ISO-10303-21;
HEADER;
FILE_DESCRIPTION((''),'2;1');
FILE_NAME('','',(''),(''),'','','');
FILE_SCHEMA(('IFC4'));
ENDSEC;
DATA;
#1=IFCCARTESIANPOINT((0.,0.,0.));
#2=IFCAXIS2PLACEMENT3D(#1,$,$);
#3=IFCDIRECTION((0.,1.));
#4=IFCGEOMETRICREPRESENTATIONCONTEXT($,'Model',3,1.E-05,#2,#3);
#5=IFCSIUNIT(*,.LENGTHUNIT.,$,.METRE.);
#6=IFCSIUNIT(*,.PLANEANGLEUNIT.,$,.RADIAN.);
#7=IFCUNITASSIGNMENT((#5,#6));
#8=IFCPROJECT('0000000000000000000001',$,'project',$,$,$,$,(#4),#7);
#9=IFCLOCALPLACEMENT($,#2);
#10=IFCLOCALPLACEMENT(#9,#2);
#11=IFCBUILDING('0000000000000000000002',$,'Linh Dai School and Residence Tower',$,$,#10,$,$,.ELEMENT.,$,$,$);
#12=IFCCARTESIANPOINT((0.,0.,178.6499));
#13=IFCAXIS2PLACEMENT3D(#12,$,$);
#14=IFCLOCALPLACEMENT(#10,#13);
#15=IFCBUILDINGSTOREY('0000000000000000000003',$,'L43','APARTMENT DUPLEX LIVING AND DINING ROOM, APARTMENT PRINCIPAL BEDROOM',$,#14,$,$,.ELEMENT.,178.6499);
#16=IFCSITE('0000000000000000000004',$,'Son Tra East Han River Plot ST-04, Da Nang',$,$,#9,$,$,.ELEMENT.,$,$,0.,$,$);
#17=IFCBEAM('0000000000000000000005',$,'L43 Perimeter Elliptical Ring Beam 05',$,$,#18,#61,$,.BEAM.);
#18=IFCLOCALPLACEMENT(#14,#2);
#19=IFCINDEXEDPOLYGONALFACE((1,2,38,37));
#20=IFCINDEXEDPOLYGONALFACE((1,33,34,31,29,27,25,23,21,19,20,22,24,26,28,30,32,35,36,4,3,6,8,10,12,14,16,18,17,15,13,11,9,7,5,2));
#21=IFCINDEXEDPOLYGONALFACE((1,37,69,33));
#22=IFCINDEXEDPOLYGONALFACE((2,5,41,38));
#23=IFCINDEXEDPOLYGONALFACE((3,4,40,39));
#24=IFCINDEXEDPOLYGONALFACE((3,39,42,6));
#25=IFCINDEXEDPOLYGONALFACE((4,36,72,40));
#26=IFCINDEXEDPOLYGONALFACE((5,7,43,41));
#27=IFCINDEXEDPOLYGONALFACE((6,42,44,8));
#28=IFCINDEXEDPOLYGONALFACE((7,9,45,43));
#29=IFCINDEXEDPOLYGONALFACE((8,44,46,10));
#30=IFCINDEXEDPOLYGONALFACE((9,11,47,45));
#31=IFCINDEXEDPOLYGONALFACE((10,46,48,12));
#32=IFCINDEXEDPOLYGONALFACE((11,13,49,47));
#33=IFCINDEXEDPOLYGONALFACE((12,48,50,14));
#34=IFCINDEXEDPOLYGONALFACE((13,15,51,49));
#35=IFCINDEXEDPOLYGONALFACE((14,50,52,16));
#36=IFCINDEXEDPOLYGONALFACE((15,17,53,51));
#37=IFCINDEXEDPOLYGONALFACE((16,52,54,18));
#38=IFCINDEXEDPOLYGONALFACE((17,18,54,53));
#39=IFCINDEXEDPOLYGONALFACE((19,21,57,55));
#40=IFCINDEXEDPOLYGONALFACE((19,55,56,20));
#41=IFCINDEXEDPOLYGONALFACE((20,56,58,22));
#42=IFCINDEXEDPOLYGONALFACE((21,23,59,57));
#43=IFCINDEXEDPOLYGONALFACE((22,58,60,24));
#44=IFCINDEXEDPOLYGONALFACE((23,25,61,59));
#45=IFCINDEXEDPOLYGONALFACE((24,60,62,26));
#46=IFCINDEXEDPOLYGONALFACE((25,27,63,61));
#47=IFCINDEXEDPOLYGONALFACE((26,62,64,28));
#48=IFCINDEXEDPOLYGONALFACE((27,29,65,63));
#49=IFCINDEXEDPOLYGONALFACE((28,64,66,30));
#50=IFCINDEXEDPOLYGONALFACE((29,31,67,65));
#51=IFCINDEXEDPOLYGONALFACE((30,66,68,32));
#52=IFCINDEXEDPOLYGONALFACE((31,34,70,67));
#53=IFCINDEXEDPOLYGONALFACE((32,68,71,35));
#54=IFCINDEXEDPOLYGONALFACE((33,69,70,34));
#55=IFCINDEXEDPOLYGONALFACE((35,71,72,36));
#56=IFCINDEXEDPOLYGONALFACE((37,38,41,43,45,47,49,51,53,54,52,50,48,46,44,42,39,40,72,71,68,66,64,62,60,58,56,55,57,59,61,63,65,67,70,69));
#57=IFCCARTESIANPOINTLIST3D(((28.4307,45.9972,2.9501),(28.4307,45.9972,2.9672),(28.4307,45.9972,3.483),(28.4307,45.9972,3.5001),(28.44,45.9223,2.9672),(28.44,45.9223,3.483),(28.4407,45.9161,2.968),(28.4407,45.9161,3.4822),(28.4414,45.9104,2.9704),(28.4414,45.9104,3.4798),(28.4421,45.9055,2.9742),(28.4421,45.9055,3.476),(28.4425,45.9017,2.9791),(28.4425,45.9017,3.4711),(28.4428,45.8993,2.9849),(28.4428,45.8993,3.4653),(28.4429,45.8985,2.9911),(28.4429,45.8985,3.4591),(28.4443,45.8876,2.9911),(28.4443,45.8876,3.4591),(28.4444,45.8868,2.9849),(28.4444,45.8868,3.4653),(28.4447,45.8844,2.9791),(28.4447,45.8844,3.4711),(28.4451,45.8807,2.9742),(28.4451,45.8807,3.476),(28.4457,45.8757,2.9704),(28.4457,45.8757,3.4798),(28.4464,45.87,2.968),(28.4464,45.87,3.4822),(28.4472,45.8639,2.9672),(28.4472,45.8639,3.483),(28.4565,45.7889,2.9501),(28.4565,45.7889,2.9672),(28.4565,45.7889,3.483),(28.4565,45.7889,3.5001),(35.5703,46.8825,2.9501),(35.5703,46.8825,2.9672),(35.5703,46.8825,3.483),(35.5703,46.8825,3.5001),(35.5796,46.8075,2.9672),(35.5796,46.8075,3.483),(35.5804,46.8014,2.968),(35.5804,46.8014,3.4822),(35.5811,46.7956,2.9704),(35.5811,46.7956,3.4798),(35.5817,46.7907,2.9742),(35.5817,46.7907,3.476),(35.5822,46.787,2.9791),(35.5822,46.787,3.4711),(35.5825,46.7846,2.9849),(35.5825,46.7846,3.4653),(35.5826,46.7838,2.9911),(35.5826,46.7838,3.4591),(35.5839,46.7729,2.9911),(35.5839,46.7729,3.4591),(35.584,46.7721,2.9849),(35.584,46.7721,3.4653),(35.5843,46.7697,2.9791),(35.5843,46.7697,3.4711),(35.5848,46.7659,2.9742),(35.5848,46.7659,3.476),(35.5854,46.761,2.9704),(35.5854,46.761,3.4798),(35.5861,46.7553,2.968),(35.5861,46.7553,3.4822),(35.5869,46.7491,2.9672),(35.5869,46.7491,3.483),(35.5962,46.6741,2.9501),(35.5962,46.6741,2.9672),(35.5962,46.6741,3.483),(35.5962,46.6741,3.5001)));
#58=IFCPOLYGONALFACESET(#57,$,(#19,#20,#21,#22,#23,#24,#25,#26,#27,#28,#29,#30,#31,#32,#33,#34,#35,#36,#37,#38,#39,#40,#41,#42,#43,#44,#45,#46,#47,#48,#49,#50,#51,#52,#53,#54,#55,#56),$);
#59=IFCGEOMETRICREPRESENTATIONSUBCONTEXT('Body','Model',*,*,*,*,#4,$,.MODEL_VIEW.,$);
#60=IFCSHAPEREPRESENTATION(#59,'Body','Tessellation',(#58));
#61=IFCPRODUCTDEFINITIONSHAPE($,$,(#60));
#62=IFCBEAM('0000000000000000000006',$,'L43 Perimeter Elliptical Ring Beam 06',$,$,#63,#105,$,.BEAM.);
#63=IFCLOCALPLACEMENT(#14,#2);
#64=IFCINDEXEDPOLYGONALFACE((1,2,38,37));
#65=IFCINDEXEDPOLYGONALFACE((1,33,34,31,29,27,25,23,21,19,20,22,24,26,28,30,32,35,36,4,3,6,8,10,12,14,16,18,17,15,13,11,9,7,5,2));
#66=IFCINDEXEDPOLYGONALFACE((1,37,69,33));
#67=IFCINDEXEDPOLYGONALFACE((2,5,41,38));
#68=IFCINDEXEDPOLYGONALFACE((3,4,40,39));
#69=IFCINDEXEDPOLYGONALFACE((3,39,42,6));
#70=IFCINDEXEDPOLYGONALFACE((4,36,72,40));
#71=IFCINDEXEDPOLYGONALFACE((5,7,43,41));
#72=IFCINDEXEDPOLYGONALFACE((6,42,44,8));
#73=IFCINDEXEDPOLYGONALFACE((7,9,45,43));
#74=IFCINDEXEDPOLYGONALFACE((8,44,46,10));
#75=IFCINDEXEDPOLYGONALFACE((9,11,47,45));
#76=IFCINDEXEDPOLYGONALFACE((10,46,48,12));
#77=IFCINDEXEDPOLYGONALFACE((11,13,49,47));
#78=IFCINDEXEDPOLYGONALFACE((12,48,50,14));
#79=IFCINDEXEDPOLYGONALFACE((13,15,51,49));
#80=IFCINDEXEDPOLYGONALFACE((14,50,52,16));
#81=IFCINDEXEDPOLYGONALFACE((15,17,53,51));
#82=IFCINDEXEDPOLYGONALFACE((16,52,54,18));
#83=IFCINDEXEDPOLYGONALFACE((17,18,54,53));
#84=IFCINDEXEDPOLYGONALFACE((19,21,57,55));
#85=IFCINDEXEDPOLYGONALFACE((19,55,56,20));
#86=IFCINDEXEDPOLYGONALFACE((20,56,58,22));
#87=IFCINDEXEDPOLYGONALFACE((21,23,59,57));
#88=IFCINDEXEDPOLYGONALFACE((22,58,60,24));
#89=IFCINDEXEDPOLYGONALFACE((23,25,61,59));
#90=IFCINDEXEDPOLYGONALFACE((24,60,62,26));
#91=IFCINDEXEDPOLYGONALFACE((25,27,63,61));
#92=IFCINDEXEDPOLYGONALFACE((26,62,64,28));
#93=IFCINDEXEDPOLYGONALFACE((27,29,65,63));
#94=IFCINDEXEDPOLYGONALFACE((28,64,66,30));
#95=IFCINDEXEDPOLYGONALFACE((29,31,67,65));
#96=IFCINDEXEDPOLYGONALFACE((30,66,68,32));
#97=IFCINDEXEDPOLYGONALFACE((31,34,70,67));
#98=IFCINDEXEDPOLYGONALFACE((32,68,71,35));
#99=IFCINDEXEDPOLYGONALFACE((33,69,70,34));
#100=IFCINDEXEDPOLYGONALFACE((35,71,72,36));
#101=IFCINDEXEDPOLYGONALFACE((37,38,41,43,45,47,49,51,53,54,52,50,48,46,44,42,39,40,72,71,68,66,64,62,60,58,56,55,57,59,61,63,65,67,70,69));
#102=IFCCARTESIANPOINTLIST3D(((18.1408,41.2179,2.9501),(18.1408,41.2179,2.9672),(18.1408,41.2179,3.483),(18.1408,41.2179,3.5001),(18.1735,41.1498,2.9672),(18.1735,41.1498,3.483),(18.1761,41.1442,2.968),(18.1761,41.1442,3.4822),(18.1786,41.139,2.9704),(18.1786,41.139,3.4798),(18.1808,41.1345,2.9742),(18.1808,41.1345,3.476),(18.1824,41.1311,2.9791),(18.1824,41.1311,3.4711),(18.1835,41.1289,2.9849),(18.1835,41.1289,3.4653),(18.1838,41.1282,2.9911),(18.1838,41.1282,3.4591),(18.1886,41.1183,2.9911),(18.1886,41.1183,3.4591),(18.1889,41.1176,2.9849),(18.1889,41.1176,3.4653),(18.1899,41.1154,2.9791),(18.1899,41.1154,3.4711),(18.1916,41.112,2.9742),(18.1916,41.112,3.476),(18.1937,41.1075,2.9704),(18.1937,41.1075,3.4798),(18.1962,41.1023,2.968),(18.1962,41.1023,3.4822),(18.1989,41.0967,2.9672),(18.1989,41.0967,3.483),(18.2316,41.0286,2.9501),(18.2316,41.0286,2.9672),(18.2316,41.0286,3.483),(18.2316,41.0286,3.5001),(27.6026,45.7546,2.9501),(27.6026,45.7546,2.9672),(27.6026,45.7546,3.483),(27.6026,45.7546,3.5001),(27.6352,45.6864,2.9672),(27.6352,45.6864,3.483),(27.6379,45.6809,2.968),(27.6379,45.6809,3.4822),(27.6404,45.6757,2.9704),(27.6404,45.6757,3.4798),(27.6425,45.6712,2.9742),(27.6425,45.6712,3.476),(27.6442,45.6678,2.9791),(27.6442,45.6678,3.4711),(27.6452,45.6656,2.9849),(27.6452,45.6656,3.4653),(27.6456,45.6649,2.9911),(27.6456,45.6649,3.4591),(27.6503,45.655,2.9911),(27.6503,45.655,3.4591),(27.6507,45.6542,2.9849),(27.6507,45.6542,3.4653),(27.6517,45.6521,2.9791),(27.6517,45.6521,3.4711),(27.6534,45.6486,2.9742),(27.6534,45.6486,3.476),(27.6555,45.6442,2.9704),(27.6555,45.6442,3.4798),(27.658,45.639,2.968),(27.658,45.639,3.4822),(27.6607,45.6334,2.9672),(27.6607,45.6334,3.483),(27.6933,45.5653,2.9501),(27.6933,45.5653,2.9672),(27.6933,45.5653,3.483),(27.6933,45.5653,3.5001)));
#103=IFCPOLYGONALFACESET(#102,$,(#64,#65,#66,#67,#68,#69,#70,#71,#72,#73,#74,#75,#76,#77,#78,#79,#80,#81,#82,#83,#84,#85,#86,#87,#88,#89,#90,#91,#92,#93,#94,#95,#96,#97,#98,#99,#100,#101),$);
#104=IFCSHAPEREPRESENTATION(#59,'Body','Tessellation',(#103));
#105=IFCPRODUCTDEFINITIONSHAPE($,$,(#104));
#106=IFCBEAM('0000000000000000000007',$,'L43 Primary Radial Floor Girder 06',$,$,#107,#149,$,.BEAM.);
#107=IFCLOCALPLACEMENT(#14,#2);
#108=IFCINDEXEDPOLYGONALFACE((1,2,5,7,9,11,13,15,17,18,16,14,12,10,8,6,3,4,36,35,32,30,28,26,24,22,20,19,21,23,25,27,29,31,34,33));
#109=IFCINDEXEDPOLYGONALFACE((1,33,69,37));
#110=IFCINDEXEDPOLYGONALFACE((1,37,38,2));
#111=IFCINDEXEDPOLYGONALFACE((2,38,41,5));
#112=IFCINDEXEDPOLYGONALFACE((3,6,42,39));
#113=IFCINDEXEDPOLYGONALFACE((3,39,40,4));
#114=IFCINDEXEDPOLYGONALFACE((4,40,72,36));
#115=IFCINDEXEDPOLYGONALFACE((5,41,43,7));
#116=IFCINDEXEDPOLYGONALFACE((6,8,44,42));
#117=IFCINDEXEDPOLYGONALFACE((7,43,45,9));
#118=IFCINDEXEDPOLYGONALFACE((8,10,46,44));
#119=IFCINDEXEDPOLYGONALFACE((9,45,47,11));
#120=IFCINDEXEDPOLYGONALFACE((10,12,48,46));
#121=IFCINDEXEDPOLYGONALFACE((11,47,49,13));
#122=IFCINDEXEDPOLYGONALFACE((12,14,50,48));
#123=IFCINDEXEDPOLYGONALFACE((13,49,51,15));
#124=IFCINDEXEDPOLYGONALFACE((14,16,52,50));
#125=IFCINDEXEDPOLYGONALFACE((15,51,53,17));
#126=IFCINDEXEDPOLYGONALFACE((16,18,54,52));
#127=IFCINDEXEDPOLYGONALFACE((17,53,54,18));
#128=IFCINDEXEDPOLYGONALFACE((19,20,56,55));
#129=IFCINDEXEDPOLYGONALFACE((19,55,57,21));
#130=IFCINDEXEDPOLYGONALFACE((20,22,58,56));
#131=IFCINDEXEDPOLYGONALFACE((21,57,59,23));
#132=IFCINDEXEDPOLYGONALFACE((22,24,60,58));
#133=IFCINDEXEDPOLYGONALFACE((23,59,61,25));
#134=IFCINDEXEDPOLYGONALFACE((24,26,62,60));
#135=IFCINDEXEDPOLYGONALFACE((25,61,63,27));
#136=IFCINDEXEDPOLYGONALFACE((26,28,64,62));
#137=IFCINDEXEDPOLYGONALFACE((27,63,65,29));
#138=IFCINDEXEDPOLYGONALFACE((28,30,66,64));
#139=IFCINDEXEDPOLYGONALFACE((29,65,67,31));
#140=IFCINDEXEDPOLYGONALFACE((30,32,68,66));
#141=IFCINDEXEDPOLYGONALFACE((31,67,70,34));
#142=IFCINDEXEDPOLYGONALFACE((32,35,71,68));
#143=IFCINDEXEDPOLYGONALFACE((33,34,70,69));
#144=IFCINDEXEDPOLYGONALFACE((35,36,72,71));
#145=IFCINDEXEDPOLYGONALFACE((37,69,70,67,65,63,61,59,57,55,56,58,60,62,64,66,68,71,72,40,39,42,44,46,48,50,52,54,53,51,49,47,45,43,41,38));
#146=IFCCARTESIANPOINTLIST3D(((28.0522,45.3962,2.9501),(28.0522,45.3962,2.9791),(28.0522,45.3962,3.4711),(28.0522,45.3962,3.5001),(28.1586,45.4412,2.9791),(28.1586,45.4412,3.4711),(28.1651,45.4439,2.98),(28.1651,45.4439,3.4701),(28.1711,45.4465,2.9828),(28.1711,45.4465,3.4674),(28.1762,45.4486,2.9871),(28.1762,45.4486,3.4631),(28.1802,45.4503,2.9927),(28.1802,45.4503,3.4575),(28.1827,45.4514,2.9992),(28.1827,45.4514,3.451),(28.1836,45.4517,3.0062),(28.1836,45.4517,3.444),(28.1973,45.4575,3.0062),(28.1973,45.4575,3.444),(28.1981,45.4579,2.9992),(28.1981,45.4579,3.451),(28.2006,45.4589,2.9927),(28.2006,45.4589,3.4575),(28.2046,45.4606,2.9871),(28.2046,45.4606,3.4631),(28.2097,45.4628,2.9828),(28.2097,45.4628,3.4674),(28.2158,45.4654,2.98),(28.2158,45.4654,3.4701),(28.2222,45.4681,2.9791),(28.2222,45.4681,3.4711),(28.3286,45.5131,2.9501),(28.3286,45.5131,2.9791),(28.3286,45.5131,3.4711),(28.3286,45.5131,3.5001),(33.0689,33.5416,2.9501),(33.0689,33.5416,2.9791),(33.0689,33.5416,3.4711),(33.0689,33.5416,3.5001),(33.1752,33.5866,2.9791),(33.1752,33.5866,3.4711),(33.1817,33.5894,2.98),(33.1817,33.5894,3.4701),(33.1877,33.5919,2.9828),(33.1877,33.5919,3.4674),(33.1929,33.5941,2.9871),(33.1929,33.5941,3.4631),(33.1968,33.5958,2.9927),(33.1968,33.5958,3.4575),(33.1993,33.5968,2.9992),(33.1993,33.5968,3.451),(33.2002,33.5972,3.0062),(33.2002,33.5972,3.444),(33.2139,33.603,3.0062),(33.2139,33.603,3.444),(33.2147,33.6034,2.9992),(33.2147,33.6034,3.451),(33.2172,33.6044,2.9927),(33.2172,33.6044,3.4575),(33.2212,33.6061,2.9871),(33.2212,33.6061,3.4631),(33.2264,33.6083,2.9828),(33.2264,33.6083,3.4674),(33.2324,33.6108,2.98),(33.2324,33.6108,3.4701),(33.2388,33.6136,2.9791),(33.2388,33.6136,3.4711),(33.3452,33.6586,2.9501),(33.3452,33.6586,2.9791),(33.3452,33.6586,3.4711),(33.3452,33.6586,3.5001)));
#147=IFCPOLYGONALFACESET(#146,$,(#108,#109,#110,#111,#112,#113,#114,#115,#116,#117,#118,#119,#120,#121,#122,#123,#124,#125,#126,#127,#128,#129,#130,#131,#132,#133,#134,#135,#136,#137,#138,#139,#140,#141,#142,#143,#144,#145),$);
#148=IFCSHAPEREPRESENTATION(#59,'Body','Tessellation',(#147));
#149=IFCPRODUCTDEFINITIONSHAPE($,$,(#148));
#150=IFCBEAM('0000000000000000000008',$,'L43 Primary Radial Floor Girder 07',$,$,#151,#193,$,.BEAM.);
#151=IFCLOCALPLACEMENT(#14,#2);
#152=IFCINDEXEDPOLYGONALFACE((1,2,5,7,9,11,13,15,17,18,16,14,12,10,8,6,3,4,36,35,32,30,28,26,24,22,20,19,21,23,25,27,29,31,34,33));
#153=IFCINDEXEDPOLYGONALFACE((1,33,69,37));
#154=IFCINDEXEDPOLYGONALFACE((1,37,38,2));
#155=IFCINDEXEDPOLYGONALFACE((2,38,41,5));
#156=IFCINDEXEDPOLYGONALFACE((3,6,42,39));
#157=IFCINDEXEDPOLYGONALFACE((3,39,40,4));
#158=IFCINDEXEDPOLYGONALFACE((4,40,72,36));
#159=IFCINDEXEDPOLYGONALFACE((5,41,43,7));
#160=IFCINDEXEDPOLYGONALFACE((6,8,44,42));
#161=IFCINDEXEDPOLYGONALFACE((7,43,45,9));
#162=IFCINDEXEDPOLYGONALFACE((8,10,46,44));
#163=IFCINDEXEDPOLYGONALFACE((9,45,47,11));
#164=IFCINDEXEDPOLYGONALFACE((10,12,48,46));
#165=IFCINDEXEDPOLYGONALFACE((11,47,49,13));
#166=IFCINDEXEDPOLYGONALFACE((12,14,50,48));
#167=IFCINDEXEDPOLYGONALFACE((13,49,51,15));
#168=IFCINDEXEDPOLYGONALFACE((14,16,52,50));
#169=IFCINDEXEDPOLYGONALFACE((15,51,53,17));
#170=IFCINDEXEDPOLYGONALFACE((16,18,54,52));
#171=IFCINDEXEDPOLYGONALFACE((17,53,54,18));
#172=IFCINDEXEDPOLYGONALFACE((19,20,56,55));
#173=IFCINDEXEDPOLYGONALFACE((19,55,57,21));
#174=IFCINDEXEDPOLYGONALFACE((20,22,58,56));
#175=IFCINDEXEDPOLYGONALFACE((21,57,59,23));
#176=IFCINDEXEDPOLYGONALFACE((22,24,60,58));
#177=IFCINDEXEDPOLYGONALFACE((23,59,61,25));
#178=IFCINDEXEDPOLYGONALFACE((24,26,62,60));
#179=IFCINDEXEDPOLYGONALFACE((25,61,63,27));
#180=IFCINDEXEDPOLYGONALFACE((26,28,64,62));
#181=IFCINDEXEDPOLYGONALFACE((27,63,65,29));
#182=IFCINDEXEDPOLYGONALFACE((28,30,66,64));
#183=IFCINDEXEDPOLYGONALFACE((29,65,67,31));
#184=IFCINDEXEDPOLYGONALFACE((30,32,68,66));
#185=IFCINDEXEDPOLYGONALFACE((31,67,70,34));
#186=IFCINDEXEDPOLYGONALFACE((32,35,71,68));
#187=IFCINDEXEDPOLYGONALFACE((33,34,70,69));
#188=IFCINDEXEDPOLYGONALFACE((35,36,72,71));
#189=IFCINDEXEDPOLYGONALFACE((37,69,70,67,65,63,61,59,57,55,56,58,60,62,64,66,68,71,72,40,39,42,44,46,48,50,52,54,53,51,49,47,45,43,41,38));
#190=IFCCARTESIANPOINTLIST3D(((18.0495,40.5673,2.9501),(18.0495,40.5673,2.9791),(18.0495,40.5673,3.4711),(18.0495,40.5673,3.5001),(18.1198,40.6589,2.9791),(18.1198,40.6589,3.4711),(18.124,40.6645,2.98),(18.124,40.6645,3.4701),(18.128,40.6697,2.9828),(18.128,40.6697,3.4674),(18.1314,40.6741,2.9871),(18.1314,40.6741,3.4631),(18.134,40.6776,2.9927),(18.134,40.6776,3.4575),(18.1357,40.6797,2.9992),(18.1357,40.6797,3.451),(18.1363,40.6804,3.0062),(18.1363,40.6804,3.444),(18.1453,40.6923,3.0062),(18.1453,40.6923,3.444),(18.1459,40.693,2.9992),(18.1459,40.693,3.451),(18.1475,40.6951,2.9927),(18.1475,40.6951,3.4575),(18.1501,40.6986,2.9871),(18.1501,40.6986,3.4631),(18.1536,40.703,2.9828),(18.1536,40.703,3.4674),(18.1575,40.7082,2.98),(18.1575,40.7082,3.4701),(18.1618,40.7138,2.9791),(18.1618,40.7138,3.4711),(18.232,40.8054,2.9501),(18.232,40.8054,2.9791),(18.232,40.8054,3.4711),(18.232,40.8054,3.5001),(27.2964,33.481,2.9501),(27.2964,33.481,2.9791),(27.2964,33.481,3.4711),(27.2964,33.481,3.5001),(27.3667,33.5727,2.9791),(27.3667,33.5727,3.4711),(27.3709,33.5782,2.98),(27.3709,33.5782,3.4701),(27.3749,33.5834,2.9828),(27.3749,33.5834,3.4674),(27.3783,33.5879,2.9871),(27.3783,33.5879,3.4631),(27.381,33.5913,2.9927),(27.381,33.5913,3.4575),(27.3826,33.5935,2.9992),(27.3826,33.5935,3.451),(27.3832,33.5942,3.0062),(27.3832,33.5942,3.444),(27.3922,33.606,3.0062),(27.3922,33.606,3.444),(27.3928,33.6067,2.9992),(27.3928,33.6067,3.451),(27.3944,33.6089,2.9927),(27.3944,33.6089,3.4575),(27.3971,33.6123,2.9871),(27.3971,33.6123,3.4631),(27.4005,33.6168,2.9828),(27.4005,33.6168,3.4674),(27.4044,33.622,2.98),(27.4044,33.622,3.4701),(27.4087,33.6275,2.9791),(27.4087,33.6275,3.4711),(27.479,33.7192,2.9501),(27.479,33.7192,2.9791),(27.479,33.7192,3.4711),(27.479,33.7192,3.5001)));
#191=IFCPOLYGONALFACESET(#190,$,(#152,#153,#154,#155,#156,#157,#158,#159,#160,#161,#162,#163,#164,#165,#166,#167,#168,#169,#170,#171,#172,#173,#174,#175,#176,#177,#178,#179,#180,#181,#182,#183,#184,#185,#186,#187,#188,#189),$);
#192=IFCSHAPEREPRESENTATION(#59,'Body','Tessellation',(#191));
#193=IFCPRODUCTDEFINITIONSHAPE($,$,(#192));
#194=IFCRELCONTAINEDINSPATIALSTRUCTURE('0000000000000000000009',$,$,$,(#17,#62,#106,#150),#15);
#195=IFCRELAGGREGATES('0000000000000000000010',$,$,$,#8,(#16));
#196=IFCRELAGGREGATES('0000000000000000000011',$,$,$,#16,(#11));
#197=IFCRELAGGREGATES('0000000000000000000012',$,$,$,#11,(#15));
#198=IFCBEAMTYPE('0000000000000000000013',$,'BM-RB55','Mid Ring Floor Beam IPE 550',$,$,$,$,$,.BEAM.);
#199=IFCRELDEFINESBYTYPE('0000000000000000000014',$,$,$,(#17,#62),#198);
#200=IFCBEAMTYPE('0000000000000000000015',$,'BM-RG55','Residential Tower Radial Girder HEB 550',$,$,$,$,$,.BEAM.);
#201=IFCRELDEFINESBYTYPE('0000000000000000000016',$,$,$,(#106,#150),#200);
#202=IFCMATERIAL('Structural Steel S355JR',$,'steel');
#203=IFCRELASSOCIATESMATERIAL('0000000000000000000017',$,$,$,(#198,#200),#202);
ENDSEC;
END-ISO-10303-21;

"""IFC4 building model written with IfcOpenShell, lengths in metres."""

from ifc_helpers import new_model, si_unit, direction, frame, origin, origin_2d, place, context, subcontext, project, spatial, i_section, extrude, material, material_profile, profile_set, type_object, element, save


model = new_model("IFC4")

# Units and contexts
model_context = context("Model", 3, precision=1e-05, world=origin(), true_north=direction((0.0, 1.0)))
body_context = subcontext(model_context, "Body", "Model", "MODEL_VIEW")
ifc_project = project(units=[si_unit("LENGTHUNIT", "METRE"), si_unit("PLANEANGLEUNIT", "RADIAN")], contexts=[model_context])

# Site, building, storey
site_placement = place(None, origin())
site = spatial("IfcSite", under=ifc_project, at=site_placement, Name="Son Tra East Han River Plot ST-04, Da Nang", CompositionType="ELEMENT", RefElevation=0.0)
building_placement = place(site_placement, origin())
building = spatial("IfcBuilding", under=site, at=building_placement, Name="Linh Dai School and Residence Tower", CompositionType="ELEMENT")
storey_placement = place(building_placement, frame((0.0, 0.0, 178.6499)))
storey = spatial("IfcBuildingStorey", under=building, at=storey_placement, Name="L43", Description="APARTMENT DUPLEX LIVING AND DINING ROOM, APARTMENT PRINCIPAL BEDROOM", CompositionType="ELEMENT", Elevation=178.6499)

# Shared definitions
ifc_material_1 = material(Name="Structural Steel S355JR", Category="steel")

# Beams
ifc_material_profile_1 = material_profile(ifc_material_1, i_section(OverallWidth=0.21, OverallDepth=0.55, WebThickness=0.011, FlangeThickness=0.0171, FilletRadius=0.0239, at=origin_2d()), Name="IPE 550")
ifc_profile_set_1 = profile_set([ifc_material_profile_1], Name="Structural Steel S355JR")
beam_type_1 = type_object("IfcBeamType", Name="BM-RB55", Description="Mid Ring Floor Beam IPE 550", PredefinedType="BEAM", material=ifc_profile_set_1)
beam_1_placement = place(storey_placement, frame((35.5833, 46.7783, 3.2251), z_axis=(-0.992401, -0.123049, 0.0), x_axis=(0.123049, -0.992401, 0.0)))
element("IfcBeam", 1, at=beam_1_placement, inside=storey, type_object=beam_type_1, Name="L43 Perimeter Elliptical Ring Beam 05", PredefinedType="BEAM", context=body_context, shape_type="SweptSolid", body=[
    extrude(i_section(OverallWidth=0.21, OverallDepth=0.55, WebThickness=0.011, FlangeThickness=0.0171, FilletRadius=0.0239, at=origin_2d()), origin(), (0.0, 0.0, 1.0), 7.1943),
])
beam_2_placement = place(storey_placement, frame((27.6479, 45.6599, 3.2251), z_axis=(-0.901708, -0.432345, 0.0), x_axis=(0.432345, -0.901708, 0.0)))
element("IfcBeam", 2, at=beam_2_placement, inside=storey, type_object=beam_type_1, Name="L43 Perimeter Elliptical Ring Beam 06", PredefinedType="BEAM", context=body_context, shape_type="SweptSolid", body=[
    extrude(i_section(OverallWidth=0.21, OverallDepth=0.55, WebThickness=0.011, FlangeThickness=0.0171, FilletRadius=0.0239, at=origin_2d()), origin(), (0.0, 0.0, 1.0), 10.4932),
])
ifc_material_profile_2 = material_profile(ifc_material_1, i_section(OverallWidth=0.3, OverallDepth=0.55, WebThickness=0.0149, FlangeThickness=0.0291, FilletRadius=0.0271, at=origin_2d()), Name="HEB 550")
ifc_profile_set_2 = profile_set([ifc_material_profile_2], Name="Structural Steel S355JR")
beam_type_2 = type_object("IfcBeamType", Name="BM-RG55", Description="Residential Tower Radial Girder HEB 550", PredefinedType="BEAM", material=ifc_profile_set_2)
beam_3_placement = place(storey_placement, frame((33.207, 33.6001, 3.2251), z_axis=(-0.389722, 0.920933, 0.0), x_axis=(-0.920933, -0.389722, 0.0)))
element("IfcBeam", 3, at=beam_3_placement, inside=storey, type_object=beam_type_2, Name="L43 Primary Radial Floor Girder 06", PredefinedType="BEAM", context=body_context, shape_type="SweptSolid", body=[
    extrude(i_section(OverallWidth=0.3, OverallDepth=0.55, WebThickness=0.0149, FlangeThickness=0.0291, FilletRadius=0.0271, at=origin_2d()), origin(), (0.0, 0.0, 1.0), 12.8723),
])
beam_4_placement = place(storey_placement, frame((27.3877, 33.6001, 3.2251), z_axis=(-0.793733, 0.608267, 0.0), x_axis=(-0.608267, -0.793733, 0.0)))
element("IfcBeam", 4, at=beam_4_placement, inside=storey, type_object=beam_type_2, Name="L43 Primary Radial Floor Girder 07", PredefinedType="BEAM", context=body_context, shape_type="SweptSolid", body=[
    extrude(i_section(OverallWidth=0.3, OverallDepth=0.55, WebThickness=0.0149, FlangeThickness=0.0291, FilletRadius=0.0271, at=origin_2d()), origin(), (0.0, 0.0, 1.0), 11.6499),
])

save(model, "model.ifc")
